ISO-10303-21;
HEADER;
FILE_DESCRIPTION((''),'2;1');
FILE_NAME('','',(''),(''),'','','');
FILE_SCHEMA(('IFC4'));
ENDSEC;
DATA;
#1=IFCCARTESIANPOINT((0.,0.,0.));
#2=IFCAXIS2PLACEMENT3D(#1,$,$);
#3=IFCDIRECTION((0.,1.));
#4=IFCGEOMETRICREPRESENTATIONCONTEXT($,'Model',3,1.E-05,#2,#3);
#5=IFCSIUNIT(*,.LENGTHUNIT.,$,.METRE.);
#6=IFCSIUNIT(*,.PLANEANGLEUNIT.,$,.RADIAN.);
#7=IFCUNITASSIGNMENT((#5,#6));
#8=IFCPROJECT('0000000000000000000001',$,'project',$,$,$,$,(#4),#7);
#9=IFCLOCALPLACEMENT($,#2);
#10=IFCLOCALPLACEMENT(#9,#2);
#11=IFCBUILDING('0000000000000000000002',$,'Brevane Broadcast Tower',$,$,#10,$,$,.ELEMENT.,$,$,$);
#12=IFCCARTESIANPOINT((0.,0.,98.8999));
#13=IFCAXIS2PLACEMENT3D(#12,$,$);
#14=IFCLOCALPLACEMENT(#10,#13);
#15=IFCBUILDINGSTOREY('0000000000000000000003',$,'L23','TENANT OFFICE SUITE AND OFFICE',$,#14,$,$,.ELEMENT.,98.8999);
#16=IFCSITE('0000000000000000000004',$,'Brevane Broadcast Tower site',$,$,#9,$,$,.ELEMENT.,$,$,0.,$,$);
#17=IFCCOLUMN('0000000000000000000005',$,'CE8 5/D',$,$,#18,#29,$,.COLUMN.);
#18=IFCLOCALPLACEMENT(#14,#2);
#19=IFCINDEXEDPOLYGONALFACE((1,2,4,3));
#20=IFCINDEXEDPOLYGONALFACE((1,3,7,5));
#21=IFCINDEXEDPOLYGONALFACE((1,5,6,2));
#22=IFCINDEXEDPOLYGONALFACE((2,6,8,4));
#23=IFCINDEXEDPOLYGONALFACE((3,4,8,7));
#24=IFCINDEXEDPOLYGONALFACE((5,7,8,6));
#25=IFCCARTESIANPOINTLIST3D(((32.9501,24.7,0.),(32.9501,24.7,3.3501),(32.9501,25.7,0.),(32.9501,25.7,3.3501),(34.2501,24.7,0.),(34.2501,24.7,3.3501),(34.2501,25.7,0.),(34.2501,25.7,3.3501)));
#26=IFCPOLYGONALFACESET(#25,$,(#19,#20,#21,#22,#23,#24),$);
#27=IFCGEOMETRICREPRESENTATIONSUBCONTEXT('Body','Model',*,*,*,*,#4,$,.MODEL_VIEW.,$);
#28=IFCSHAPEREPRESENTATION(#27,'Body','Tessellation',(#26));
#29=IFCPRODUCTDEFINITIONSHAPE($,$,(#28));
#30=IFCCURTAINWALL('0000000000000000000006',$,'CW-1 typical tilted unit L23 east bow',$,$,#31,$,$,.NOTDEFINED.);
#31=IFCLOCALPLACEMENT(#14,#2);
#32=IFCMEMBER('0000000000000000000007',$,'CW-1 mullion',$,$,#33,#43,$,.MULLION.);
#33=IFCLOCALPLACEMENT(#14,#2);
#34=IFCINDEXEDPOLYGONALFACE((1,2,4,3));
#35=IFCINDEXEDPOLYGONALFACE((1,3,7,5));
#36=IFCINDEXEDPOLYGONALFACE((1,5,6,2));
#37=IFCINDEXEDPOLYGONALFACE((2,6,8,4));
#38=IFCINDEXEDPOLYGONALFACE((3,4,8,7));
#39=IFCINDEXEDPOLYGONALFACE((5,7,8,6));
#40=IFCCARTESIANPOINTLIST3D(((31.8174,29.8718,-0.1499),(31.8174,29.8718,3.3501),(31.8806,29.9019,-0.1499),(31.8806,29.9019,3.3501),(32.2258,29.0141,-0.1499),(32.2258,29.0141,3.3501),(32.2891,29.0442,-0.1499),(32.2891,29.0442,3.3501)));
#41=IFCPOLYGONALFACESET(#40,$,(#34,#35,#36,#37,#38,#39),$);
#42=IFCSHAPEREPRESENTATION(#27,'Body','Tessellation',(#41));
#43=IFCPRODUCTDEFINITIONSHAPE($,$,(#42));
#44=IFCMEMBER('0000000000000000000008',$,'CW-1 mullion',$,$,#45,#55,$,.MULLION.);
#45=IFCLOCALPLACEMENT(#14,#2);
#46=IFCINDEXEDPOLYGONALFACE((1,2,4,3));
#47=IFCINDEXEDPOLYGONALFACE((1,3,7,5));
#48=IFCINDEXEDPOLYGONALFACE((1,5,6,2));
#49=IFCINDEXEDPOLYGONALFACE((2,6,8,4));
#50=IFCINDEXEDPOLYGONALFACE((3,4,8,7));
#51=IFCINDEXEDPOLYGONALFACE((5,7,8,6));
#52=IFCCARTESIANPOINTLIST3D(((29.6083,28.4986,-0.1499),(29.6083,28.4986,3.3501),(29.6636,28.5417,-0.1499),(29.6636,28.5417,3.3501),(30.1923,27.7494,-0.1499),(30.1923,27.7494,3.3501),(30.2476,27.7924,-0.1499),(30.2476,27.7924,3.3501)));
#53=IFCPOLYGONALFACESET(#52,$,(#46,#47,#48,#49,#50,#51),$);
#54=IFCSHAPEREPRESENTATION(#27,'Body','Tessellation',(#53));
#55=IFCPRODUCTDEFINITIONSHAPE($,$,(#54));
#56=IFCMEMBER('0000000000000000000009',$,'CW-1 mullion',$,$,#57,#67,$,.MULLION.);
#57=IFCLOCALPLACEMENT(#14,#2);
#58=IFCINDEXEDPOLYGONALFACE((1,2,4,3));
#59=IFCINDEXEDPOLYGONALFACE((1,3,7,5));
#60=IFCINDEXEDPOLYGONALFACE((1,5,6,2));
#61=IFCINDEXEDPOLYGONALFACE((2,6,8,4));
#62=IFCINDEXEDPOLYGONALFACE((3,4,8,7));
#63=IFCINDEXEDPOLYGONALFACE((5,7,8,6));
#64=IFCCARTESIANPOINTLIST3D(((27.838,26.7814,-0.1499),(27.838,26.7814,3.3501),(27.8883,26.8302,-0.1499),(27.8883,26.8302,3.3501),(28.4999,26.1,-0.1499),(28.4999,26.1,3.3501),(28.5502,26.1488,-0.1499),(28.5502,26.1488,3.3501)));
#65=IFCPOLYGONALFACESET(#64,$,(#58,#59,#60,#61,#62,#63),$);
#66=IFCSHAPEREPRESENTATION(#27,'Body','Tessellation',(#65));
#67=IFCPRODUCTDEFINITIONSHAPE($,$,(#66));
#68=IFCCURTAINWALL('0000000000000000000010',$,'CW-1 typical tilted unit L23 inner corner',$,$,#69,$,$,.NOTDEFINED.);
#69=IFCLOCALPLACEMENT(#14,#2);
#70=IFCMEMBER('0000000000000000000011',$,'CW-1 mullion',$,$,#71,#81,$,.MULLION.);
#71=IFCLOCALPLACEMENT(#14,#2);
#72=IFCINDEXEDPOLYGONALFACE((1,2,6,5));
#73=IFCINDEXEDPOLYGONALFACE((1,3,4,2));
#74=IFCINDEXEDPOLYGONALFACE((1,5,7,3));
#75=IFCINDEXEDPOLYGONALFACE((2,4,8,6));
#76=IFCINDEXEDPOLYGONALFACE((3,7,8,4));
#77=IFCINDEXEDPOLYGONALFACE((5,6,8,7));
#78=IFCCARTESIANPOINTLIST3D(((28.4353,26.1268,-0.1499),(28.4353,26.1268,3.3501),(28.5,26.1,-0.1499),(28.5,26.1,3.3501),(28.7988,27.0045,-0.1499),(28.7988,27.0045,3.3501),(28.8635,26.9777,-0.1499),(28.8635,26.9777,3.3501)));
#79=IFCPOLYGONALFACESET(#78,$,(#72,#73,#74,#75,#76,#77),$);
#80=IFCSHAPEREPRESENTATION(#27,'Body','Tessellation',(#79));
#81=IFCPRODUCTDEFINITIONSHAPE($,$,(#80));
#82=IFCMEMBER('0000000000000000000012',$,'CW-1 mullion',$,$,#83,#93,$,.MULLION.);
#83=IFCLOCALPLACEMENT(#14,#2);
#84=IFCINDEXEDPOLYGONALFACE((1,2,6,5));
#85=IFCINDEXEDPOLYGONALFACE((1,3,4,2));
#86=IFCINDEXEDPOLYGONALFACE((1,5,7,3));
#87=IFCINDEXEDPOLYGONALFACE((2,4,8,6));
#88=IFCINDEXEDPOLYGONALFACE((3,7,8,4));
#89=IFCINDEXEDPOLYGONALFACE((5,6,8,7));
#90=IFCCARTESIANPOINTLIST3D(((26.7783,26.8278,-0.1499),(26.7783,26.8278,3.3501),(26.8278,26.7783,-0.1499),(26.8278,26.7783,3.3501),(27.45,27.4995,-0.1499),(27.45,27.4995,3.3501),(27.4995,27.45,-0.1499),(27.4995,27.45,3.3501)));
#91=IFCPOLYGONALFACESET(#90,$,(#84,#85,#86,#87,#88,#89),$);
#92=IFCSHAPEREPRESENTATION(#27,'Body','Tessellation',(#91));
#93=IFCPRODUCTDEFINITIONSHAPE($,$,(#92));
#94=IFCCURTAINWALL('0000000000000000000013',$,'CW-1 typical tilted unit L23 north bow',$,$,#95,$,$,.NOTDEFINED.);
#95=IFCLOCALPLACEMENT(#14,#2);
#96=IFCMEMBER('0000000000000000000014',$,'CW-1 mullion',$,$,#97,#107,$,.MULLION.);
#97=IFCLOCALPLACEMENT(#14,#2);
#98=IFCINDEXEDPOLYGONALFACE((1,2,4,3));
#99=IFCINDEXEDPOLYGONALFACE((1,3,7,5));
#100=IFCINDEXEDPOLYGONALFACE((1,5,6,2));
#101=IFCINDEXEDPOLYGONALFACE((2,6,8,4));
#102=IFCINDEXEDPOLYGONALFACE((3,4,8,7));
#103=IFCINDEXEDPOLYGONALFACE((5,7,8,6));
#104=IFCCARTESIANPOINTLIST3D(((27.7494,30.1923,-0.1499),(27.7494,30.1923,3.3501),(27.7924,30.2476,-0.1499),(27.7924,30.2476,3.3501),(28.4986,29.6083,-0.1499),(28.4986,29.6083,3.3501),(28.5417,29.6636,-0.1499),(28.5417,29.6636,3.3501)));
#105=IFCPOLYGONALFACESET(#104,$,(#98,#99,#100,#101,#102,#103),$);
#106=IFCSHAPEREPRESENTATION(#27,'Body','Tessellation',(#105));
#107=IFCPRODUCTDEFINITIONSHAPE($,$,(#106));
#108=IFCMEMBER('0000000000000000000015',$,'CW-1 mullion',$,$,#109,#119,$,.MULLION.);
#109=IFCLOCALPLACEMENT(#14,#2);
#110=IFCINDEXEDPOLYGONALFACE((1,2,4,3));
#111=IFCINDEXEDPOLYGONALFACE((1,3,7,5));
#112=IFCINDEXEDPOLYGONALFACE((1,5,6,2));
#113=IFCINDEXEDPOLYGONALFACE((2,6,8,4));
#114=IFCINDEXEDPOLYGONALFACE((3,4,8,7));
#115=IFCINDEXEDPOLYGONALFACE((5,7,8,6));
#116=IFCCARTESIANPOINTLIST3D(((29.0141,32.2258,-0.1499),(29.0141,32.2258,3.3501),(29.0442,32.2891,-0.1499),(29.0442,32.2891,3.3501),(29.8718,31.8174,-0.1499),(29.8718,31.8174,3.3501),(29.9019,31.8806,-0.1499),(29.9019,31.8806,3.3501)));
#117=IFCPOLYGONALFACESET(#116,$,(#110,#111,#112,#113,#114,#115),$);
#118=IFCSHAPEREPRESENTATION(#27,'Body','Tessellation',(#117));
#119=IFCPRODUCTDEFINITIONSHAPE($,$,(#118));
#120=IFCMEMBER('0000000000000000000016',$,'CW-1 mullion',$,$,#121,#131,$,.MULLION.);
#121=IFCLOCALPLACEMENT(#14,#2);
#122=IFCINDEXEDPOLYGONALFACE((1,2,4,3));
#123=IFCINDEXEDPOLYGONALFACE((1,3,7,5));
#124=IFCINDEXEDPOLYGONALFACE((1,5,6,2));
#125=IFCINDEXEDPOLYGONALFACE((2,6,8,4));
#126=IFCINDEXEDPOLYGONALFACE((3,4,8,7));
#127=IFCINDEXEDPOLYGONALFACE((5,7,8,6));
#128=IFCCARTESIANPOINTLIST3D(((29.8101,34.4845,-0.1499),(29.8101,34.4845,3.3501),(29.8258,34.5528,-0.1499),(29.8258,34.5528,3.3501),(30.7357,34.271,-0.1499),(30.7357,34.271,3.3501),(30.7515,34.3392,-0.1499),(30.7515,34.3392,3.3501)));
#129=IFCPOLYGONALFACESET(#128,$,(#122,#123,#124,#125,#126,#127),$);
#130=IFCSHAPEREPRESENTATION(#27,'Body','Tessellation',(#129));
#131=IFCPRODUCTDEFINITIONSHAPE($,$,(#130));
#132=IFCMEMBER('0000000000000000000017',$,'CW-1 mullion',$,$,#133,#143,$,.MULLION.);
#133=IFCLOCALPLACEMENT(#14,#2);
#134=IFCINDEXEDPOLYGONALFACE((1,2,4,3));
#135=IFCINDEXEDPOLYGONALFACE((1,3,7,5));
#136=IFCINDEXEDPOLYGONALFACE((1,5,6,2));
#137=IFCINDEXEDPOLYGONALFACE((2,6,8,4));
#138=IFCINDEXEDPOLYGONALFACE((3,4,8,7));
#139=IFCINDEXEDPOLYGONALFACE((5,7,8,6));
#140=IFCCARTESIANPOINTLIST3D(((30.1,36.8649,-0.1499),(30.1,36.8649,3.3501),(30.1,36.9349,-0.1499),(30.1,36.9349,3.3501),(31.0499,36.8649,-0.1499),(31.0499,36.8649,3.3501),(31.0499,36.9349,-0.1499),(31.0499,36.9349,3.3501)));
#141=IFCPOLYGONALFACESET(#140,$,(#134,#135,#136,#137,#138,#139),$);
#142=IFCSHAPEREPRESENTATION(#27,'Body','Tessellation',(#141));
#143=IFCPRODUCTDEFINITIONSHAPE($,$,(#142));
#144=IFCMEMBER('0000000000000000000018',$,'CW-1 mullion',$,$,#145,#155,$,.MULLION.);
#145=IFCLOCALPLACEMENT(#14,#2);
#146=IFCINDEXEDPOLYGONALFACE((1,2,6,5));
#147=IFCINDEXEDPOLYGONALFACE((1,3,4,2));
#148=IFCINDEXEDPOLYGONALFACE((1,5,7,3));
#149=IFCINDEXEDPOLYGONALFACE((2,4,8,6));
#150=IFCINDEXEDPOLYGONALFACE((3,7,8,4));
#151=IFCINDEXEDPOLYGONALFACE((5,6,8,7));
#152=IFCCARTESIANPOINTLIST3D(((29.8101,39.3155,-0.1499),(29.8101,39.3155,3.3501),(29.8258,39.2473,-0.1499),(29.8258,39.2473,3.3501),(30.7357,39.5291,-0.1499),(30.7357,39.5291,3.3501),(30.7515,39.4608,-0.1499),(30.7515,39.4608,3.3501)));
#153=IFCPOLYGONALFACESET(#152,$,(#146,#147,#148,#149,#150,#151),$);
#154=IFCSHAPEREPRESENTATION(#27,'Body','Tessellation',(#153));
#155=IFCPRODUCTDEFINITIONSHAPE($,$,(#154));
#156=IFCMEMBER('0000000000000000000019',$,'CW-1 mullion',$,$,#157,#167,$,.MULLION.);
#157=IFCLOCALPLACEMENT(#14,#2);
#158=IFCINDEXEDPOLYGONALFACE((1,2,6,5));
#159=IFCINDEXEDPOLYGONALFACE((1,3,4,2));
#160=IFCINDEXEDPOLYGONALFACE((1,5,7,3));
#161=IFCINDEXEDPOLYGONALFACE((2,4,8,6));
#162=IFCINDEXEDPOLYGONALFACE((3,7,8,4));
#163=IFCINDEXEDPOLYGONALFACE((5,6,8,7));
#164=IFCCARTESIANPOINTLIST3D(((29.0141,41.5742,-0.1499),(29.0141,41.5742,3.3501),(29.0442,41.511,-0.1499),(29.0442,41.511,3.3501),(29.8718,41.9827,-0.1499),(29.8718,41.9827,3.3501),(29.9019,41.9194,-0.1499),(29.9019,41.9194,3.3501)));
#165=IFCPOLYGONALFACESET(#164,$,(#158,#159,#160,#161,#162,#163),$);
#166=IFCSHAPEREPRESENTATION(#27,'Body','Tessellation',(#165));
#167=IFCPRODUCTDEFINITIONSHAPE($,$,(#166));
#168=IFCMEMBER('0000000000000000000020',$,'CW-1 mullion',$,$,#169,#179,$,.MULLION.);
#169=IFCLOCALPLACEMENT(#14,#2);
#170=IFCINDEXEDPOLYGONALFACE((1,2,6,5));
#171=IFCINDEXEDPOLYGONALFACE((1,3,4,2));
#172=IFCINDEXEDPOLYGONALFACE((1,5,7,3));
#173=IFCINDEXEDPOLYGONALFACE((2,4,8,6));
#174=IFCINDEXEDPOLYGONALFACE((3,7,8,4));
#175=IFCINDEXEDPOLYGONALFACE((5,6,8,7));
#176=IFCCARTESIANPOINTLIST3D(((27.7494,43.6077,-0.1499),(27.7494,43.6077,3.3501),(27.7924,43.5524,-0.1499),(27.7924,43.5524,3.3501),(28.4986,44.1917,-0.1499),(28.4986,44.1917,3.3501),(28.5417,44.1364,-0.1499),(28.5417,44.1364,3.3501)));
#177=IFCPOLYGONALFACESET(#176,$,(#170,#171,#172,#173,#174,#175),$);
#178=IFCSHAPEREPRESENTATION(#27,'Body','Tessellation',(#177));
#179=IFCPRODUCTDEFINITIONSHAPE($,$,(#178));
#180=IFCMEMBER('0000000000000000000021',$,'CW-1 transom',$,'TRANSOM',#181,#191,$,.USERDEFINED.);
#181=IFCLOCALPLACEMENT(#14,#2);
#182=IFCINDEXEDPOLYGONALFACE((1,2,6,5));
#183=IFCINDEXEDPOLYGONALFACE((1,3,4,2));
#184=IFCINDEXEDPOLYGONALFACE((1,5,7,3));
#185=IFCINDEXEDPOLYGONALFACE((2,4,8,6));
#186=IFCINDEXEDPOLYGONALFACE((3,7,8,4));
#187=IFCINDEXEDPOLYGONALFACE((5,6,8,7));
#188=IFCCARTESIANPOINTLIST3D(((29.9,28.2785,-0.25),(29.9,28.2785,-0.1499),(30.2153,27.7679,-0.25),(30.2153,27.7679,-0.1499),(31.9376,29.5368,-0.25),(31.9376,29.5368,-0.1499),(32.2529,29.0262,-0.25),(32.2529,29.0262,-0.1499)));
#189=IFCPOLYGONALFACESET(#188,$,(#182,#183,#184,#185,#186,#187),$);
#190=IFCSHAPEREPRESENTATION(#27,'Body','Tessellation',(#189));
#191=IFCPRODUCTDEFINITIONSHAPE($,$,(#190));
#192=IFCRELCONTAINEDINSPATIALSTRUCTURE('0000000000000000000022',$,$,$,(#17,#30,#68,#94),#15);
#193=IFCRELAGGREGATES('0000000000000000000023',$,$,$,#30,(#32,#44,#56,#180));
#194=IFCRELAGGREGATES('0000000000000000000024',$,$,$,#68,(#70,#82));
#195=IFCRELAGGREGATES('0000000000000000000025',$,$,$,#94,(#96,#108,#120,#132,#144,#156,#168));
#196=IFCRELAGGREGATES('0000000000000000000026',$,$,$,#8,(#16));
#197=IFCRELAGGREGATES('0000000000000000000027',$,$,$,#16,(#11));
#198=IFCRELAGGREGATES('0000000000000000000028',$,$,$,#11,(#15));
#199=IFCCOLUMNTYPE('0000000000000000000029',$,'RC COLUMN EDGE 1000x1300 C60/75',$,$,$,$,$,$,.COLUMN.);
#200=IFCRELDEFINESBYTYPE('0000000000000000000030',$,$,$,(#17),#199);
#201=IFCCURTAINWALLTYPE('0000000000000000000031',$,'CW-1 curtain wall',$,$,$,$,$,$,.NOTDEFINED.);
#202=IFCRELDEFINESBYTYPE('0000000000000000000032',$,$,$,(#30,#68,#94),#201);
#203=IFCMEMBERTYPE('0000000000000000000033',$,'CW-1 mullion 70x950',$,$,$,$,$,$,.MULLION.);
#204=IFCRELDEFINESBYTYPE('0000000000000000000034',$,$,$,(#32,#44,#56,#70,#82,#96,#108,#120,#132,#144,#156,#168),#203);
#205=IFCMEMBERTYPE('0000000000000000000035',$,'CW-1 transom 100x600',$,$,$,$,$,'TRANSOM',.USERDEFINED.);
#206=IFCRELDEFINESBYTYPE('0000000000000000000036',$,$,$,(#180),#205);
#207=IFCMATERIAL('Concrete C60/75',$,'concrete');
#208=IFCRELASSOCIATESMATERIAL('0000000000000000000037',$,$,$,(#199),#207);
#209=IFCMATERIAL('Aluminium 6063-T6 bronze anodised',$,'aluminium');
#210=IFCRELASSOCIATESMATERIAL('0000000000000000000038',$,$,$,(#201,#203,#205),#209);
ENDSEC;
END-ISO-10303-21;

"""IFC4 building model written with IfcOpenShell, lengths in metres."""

from ifc_helpers import new_model, si_unit, direction, frame, origin, origin_2d, place, context, subcontext, project, spatial, rectangle, extrude, material, material_profile, profile_set, type_object, element, aggregate, save


model = new_model("IFC4")

# Units and contexts
model_context = context("Model", 3, precision=1e-05, world=origin(), true_north=direction((0.0, 1.0)))
body_context = subcontext(model_context, "Body", "Model", "MODEL_VIEW")
ifc_project = project(units=[si_unit("LENGTHUNIT", "METRE"), si_unit("PLANEANGLEUNIT", "RADIAN")], contexts=[model_context])

# Site, building, storey
site_placement = place(None, origin())
site = spatial("IfcSite", under=ifc_project, at=site_placement, Name="Brevane Broadcast Tower site", CompositionType="ELEMENT", RefElevation=0.0)
building_placement = place(site_placement, origin())
building = spatial("IfcBuilding", under=site, at=building_placement, Name="Brevane Broadcast Tower", CompositionType="ELEMENT")
storey_placement = place(building_placement, frame((0.0, 0.0, 98.8999)))
storey = spatial("IfcBuildingStorey", under=building, at=storey_placement, Name="L23", Description="TENANT OFFICE SUITE AND OFFICE", CompositionType="ELEMENT", Elevation=98.8999)

# Column
ifc_material_1 = material(Name="Concrete C60/75", Category="concrete")
ifc_material_profile_1 = material_profile(ifc_material_1, rectangle(XDim=1.0, YDim=1.3, at=origin_2d()), Name="RC 1000x1300")
ifc_profile_set_1 = profile_set([ifc_material_profile_1], Name="Concrete C60/75")
column_type = type_object("IfcColumnType", Name="RC COLUMN EDGE 1000x1300 C60/75", PredefinedType="COLUMN", material=ifc_profile_set_1)
column_placement = place(storey_placement, frame((33.6001, 25.2, 0.0), z_axis=(0.0, 0.0, 1.0), x_axis=(0.0, 1.0, 0.0)))
element("IfcColumn", 1, at=column_placement, inside=storey, type_object=column_type, Name="CE8 5/D", PredefinedType="COLUMN", context=body_context, shape_type="SweptSolid", body=[
    extrude(rectangle(XDim=1.0, YDim=1.3, at=origin_2d()), origin(), (0.0, 0.0, 1.0), 3.3501),
])

# Curtain walls, members
ifc_material_2 = material(Name="Aluminium 6063-T6 bronze anodised", Category="aluminium")
curtain_wall_type = type_object("IfcCurtainWallType", Name="CW-1 curtain wall", PredefinedType="NOTDEFINED", material=ifc_material_2)
curtain_wall_1_placement = place(storey_placement, origin())
curtain_wall_1 = element("IfcCurtainWall", 2, at=curtain_wall_1_placement, inside=storey, type_object=curtain_wall_type, Name="CW-1 typical tilted unit L23 east bow", PredefinedType="NOTDEFINED")
ifc_material_profile_2 = material_profile(ifc_material_2, rectangle(XDim=0.95, YDim=0.0701, at=origin_2d()), Name="RECT 70x950")
ifc_profile_set_2 = profile_set([ifc_material_profile_2], Name="Aluminium 6063-T6 bronze anodised")
member_type_1 = type_object("IfcMemberType", Name="CW-1 mullion 70x950", PredefinedType="MULLION", material=ifc_profile_set_2)
member_1_placement = place(storey_placement, frame((32.0532, 29.458, -0.1499), z_axis=(0.0, 0.0, 1.0), x_axis=(0.429934, -0.902861, 0.0)))
member_1 = element("IfcMember", 3, at=member_1_placement, type_object=member_type_1, Name="CW-1 mullion", PredefinedType="MULLION", context=body_context, shape_type="SweptSolid", body=[
    extrude(rectangle(XDim=0.95, YDim=0.0701, at=origin_2d()), origin(), (0.0, 0.0, 1.0), 3.5),
])
member_2_placement = place(storey_placement, frame((29.928, 28.1455, -0.1499), z_axis=(0.0, 0.0, 1.0), x_axis=(0.61477, -0.788707, 0.0)))
member_2 = element("IfcMember", 4, at=member_2_placement, type_object=member_type_1, Name="CW-1 mullion", PredefinedType="MULLION", context=body_context, shape_type="SweptSolid", body=[
    extrude(rectangle(XDim=0.95, YDim=0.0701, at=origin_2d()), origin(), (0.0, 0.0, 1.0), 3.5),
])
member_3_placement = place(storey_placement, frame((28.1941, 26.4651, -0.1499), z_axis=(0.0, 0.0, 1.0), x_axis=(0.696812, -0.717254, 0.0)))
member_3 = element("IfcMember", 5, at=member_3_placement, type_object=member_type_1, Name="CW-1 mullion", PredefinedType="MULLION", context=body_context, shape_type="SweptSolid", body=[
    extrude(rectangle(XDim=0.95, YDim=0.0701, at=origin_2d()), origin(), (0.0, 0.0, 1.0), 3.5),
])
curtain_wall_2_placement = place(storey_placement, origin())
curtain_wall_2 = element("IfcCurtainWall", 6, at=curtain_wall_2_placement, inside=storey, type_object=curtain_wall_type, Name="CW-1 typical tilted unit L23 inner corner", PredefinedType="NOTDEFINED")
member_4_placement = place(storey_placement, frame((28.6494, 26.5522, -0.1499), z_axis=(0.0, 0.0, 1.0), x_axis=(-0.382684, -0.923879, 0.0)))
member_4 = element("IfcMember", 7, at=member_4_placement, type_object=member_type_1, Name="CW-1 mullion", PredefinedType="MULLION", context=body_context, shape_type="SweptSolid", body=[
    extrude(rectangle(XDim=0.95, YDim=0.0701, at=origin_2d()), origin(), (0.0, 0.0, 1.0), 3.5),
])
member_5_placement = place(storey_placement, frame((27.1389, 27.1389, -0.1499), z_axis=(0.0, 0.0, 1.0), x_axis=(-0.707107, -0.707107, 0.0)))
member_5 = element("IfcMember", 8, at=member_5_placement, type_object=member_type_1, Name="CW-1 mullion", PredefinedType="MULLION", context=body_context, shape_type="SweptSolid", body=[
    extrude(rectangle(XDim=0.95, YDim=0.0701, at=origin_2d()), origin(), (0.0, 0.0, 1.0), 3.5),
])
curtain_wall_3_placement = place(storey_placement, origin())
curtain_wall_3 = element("IfcCurtainWall", 9, at=curtain_wall_3_placement, inside=storey, type_object=curtain_wall_type, Name="CW-1 typical tilted unit L23 north bow", PredefinedType="NOTDEFINED")
member_6_placement = place(storey_placement, frame((28.1455, 29.928, -0.1499), z_axis=(0.0, 0.0, 1.0), x_axis=(-0.788707, 0.61477, 0.0)))
member_6 = element("IfcMember", 10, at=member_6_placement, type_object=member_type_1, Name="CW-1 mullion", PredefinedType="MULLION", context=body_context, shape_type="SweptSolid", body=[
    extrude(rectangle(XDim=0.95, YDim=0.0701, at=origin_2d()), origin(), (0.0, 0.0, 1.0), 3.5),
])
member_7_placement = place(storey_placement, frame((29.458, 32.0532, -0.1499), z_axis=(0.0, 0.0, 1.0), x_axis=(-0.902861, 0.429934, 0.0)))
member_7 = element("IfcMember", 11, at=member_7_placement, type_object=member_type_1, Name="CW-1 mullion", PredefinedType="MULLION", context=body_context, shape_type="SweptSolid", body=[
    extrude(rectangle(XDim=0.95, YDim=0.0701, at=origin_2d()), origin(), (0.0, 0.0, 1.0), 3.5),
])
member_8_placement = place(storey_placement, frame((30.2808, 34.4119, -0.1499), z_axis=(0.0, 0.0, 1.0), x_axis=(-0.974403, 0.224806, 0.0)))
member_8 = element("IfcMember", 12, at=member_8_placement, type_object=member_type_1, Name="CW-1 mullion", PredefinedType="MULLION", context=body_context, shape_type="SweptSolid", body=[
    extrude(rectangle(XDim=0.95, YDim=0.0701, at=origin_2d()), origin(), (0.0, 0.0, 1.0), 3.5),
])
member_9_placement = place(storey_placement, frame((30.575, 36.8999, -0.1499), z_axis=(0.0, 0.0, 1.0), x_axis=(-1.0, 0.0, 0.0)))
member_9 = element("IfcMember", 13, at=member_9_placement, type_object=member_type_1, Name="CW-1 mullion", PredefinedType="MULLION", context=body_context, shape_type="SweptSolid", body=[
    extrude(rectangle(XDim=0.95, YDim=0.0701, at=origin_2d()), origin(), (0.0, 0.0, 1.0), 3.5),
])
member_10_placement = place(storey_placement, frame((30.2808, 39.3882, -0.1499), z_axis=(0.0, 0.0, 1.0), x_axis=(-0.974403, -0.224806, 0.0)))
member_10 = element("IfcMember", 14, at=member_10_placement, type_object=member_type_1, Name="CW-1 mullion", PredefinedType="MULLION", context=body_context, shape_type="SweptSolid", body=[
    extrude(rectangle(XDim=0.95, YDim=0.0701, at=origin_2d()), origin(), (0.0, 0.0, 1.0), 3.5),
])
member_11_placement = place(storey_placement, frame((29.458, 41.7468, -0.1499), z_axis=(0.0, 0.0, 1.0), x_axis=(-0.902861, -0.429934, 0.0)))
member_11 = element("IfcMember", 15, at=member_11_placement, type_object=member_type_1, Name="CW-1 mullion", PredefinedType="MULLION", context=body_context, shape_type="SweptSolid", body=[
    extrude(rectangle(XDim=0.95, YDim=0.0701, at=origin_2d()), origin(), (0.0, 0.0, 1.0), 3.5),
])
member_12_placement = place(storey_placement, frame((28.1455, 43.8721, -0.1499), z_axis=(0.0, 0.0, 1.0), x_axis=(-0.788707, -0.61477, 0.0)))
member_12 = element("IfcMember", 16, at=member_12_placement, type_object=member_type_1, Name="CW-1 mullion", PredefinedType="MULLION", context=body_context, shape_type="SweptSolid", body=[
    extrude(rectangle(XDim=0.95, YDim=0.0701, at=origin_2d()), origin(), (0.0, 0.0, 1.0), 3.5),
])

# Member
ifc_material_profile_3 = material_profile(ifc_material_2, rectangle(XDim=0.6001, YDim=0.1001, at=origin_2d()), Name="RECT 100x600")
ifc_profile_set_3 = profile_set([ifc_material_profile_3], Name="Aluminium 6063-T6 bronze anodised")
member_type_2 = type_object("IfcMemberType", Name="CW-1 transom 100x600", ElementType="TRANSOM", PredefinedType="USERDEFINED", material=ifc_profile_set_3)
member_13_placement = place(storey_placement, frame((32.0952, 29.2815, -0.2), z_axis=(-0.850838, -0.525428, 0.0), x_axis=(0.525428, -0.850838, 0.0)))
member_13 = element("IfcMember", 17, at=member_13_placement, type_object=member_type_2, Name="CW-1 transom", ObjectType="TRANSOM", PredefinedType="USERDEFINED", context=body_context, shape_type="SweptSolid", body=[
    extrude(rectangle(XDim=0.6001, YDim=0.1001, at=origin_2d()), origin(), (0.0, 0.0, 1.0), 2.3948),
])
aggregate(curtain_wall_1, [member_1, member_2, member_3, member_13])
aggregate(curtain_wall_2, [member_4, member_5])
aggregate(curtain_wall_3, [member_6, member_7, member_8, member_9, member_10, member_11, member_12])

save(model, "model.ifc")
